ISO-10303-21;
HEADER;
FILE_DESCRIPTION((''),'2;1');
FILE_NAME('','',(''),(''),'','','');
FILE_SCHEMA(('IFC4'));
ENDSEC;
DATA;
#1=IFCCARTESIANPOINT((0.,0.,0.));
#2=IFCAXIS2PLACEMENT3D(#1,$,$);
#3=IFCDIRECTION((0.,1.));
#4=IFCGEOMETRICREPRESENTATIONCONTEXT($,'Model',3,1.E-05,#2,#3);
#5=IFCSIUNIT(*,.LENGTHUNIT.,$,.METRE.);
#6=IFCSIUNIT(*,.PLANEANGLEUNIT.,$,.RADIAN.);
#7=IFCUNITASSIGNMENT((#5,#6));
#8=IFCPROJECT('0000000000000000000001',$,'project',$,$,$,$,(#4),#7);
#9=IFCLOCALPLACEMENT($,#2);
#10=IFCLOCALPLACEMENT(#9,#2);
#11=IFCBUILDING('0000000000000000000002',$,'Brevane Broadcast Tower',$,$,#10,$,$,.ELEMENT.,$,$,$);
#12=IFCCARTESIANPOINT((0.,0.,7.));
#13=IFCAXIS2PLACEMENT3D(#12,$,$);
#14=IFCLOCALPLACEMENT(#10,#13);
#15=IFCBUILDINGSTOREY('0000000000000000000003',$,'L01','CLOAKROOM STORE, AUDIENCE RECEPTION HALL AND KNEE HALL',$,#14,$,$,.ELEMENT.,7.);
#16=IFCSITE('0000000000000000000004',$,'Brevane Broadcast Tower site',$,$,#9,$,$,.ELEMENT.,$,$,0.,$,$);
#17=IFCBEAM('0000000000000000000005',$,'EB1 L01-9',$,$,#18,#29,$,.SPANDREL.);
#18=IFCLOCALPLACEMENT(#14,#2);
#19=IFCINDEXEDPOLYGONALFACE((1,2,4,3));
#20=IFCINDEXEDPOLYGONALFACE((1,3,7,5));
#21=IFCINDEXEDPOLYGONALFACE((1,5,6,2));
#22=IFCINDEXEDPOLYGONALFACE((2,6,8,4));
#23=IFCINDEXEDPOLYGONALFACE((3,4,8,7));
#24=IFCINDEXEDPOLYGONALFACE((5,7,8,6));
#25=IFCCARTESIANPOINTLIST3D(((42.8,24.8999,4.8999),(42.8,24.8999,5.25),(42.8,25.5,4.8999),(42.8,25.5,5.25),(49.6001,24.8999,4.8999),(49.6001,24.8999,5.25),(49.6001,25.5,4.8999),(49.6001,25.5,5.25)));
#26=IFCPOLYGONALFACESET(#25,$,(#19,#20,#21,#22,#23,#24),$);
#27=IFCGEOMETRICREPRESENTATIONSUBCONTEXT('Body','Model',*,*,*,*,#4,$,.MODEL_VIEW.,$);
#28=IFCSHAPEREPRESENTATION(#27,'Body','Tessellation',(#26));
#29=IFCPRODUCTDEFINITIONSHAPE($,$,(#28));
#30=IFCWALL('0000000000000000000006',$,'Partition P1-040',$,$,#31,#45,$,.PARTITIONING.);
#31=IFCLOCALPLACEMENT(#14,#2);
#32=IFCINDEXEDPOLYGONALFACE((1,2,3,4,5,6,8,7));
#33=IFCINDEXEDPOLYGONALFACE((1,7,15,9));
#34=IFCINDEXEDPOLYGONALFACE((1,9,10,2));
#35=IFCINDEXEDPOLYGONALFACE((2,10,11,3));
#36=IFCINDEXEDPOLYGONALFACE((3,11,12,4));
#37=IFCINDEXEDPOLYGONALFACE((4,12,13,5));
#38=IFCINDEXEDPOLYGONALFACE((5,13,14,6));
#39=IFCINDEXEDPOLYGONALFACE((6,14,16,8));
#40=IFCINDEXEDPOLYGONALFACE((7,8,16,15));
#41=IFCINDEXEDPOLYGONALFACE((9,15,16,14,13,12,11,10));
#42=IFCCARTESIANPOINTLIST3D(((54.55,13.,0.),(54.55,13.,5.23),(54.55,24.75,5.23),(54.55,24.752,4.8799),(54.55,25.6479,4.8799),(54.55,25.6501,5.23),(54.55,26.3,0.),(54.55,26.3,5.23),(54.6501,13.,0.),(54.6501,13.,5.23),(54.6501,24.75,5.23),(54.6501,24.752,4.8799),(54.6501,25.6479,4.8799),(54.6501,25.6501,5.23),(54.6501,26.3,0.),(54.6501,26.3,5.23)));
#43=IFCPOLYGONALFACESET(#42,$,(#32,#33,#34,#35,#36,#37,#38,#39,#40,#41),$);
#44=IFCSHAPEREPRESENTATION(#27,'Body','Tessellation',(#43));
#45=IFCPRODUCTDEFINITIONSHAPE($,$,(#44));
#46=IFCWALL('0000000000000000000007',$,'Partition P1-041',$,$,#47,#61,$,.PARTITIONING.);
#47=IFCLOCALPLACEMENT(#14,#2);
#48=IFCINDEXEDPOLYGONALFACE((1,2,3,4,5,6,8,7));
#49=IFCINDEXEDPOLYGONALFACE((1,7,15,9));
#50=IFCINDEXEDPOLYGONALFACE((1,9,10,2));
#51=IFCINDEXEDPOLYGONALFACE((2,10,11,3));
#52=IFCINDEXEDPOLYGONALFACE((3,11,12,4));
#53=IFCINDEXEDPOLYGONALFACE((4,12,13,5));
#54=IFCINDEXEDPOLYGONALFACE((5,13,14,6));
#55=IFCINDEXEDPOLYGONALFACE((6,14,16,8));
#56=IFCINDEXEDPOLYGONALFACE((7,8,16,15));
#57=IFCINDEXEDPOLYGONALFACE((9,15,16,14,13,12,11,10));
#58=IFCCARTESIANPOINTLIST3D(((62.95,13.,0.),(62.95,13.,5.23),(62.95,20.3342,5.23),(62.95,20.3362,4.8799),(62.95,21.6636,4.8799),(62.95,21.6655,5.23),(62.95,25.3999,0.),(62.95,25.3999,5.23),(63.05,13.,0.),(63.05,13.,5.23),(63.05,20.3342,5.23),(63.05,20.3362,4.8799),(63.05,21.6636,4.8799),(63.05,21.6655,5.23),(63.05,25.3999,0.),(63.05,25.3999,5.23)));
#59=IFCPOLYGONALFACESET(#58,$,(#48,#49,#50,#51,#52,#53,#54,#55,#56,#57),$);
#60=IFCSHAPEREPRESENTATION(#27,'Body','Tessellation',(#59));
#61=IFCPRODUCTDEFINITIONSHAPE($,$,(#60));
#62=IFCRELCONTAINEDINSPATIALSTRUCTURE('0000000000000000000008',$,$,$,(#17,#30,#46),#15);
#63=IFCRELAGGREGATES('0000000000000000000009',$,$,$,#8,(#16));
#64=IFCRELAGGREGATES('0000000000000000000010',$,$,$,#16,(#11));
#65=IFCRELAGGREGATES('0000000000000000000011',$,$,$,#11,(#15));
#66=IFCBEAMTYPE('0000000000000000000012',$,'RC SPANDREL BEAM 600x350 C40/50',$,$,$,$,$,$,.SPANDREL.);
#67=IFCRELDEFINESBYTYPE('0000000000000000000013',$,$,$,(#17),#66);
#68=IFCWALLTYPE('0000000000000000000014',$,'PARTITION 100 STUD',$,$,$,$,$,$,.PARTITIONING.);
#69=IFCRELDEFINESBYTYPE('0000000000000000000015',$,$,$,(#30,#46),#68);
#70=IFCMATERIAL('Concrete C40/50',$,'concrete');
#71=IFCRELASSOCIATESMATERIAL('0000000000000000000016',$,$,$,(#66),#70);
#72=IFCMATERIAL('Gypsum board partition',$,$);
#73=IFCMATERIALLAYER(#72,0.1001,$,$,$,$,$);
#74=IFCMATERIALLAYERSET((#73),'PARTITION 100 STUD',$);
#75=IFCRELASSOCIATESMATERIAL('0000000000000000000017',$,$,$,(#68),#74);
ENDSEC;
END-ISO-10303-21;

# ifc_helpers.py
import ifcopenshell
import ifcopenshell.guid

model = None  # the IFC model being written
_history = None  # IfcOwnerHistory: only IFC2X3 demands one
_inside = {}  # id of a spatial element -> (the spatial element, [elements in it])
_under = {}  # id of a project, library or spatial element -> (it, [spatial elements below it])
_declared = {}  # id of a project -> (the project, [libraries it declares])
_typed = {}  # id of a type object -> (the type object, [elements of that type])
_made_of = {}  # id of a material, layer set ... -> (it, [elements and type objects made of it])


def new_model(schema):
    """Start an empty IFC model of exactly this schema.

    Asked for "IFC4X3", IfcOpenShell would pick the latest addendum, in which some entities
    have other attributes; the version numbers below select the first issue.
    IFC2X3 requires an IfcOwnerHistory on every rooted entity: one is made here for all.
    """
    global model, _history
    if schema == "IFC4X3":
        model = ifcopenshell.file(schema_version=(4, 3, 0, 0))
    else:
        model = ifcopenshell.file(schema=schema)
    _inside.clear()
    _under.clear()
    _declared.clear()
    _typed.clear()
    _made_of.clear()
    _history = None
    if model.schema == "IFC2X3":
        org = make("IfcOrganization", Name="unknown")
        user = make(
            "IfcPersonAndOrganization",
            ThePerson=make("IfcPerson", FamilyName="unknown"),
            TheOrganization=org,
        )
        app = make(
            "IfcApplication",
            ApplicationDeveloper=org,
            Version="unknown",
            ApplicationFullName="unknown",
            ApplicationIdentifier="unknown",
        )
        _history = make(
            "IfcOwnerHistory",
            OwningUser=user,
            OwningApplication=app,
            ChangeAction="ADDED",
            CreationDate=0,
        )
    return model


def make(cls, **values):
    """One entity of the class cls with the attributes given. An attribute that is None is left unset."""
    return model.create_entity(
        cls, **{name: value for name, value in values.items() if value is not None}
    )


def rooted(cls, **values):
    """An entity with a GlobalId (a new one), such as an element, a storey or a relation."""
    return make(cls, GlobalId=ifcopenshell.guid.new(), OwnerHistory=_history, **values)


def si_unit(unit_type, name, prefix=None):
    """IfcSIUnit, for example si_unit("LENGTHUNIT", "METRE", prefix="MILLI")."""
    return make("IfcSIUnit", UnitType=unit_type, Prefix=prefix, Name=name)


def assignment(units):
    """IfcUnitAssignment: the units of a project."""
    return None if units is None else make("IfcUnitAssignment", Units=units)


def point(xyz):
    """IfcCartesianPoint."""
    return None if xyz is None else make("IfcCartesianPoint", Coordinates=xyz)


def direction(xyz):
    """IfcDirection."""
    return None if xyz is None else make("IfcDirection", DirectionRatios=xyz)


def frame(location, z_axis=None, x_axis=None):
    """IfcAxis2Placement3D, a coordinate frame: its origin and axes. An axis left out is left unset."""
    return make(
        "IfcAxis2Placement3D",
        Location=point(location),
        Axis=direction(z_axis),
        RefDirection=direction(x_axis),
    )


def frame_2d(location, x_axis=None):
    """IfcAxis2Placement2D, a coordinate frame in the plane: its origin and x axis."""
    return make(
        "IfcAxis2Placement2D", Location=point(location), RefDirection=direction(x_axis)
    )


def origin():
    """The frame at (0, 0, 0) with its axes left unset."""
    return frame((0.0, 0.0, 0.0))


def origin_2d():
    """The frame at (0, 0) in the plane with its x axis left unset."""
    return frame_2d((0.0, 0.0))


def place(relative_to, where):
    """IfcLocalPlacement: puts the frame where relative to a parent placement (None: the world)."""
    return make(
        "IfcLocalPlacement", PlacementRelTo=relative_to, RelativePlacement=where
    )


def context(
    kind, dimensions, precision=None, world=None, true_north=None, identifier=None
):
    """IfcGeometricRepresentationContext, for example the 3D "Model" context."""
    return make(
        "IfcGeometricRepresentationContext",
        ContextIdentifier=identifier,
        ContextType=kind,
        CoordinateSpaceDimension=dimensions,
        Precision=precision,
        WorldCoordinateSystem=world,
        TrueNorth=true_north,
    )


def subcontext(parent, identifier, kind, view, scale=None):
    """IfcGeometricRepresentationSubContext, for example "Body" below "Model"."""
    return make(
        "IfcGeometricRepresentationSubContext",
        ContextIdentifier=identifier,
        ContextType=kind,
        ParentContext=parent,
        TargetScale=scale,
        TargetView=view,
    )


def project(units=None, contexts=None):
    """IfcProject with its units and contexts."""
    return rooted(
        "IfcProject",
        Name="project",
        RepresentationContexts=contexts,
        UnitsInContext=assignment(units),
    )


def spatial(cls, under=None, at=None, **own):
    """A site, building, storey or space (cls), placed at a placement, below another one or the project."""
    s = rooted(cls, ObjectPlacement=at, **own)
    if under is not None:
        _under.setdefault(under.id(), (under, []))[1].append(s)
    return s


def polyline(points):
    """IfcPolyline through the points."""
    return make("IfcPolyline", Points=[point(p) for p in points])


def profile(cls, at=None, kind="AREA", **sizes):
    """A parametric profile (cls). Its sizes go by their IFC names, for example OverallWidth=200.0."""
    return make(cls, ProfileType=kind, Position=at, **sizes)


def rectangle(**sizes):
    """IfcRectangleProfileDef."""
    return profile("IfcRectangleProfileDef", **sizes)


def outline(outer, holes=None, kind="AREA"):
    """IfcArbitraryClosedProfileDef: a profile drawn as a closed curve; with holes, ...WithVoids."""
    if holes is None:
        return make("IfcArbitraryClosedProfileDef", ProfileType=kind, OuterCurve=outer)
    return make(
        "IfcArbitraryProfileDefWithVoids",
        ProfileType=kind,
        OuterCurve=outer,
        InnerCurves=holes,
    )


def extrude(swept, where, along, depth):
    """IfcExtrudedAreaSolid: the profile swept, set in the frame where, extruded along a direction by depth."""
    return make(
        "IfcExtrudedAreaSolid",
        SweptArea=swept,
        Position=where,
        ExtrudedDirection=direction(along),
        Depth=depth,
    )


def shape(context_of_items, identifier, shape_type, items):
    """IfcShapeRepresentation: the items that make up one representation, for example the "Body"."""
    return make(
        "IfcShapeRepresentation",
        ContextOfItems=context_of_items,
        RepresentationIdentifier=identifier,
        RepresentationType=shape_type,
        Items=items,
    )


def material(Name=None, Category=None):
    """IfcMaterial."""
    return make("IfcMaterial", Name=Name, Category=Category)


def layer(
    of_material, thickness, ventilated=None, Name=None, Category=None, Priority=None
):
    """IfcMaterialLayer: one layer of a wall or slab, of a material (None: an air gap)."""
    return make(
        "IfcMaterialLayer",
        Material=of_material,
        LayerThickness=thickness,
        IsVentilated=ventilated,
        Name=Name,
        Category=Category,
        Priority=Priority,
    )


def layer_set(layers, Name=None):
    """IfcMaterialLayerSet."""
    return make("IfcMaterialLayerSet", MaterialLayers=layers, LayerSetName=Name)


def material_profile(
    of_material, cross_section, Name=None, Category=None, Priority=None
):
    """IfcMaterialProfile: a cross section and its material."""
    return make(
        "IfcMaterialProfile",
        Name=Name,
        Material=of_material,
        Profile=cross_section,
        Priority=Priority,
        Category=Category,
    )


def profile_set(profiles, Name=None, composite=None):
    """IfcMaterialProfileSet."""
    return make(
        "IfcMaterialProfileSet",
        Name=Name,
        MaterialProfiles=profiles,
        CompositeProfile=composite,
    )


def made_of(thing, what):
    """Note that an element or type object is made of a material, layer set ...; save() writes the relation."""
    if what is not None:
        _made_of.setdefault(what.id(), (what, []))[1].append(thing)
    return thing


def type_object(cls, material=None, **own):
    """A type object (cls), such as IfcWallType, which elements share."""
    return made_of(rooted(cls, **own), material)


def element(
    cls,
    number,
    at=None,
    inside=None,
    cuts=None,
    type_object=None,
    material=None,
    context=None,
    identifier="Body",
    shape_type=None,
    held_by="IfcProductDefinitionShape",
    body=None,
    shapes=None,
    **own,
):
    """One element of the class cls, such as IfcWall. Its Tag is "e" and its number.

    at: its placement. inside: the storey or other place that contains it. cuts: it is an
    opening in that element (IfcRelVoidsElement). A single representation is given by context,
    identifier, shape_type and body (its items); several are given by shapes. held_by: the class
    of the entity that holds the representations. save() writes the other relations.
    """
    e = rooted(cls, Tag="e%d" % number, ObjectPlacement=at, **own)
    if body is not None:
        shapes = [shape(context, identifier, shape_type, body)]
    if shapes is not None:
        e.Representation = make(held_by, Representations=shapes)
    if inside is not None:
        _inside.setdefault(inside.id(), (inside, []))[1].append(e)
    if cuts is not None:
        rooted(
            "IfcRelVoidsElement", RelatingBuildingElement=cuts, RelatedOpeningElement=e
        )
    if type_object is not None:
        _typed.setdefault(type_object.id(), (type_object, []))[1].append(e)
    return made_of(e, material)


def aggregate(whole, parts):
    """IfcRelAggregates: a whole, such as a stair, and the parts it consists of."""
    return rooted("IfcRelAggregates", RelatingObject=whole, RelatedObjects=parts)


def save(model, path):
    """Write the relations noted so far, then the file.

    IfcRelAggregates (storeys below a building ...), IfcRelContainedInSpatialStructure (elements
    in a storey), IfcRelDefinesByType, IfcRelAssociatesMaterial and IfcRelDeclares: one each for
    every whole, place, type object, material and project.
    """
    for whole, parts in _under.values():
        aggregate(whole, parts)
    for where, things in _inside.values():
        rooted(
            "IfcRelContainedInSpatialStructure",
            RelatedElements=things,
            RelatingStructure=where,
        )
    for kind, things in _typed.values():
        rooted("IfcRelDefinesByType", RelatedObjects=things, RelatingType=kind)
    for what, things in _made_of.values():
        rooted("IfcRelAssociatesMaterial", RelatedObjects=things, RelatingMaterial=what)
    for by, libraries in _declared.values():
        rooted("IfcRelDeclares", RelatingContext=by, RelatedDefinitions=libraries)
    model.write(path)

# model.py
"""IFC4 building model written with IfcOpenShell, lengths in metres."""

from ifc_helpers import new_model, si_unit, direction, frame, origin, origin_2d, place, context, subcontext, project, spatial, polyline, rectangle, outline, extrude, material, layer, layer_set, material_profile, profile_set, type_object, element, save


model = new_model("IFC4")

# Units and contexts
model_context = context("Model", 3, precision=1e-05, world=origin(), true_north=direction((0.0, 1.0)))
body_context = subcontext(model_context, "Body", "Model", "MODEL_VIEW")
ifc_project = project(units=[si_unit("LENGTHUNIT", "METRE"), si_unit("PLANEANGLEUNIT", "RADIAN")], contexts=[model_context])

# Site, building, storey
site_placement = place(None, origin())
site = spatial("IfcSite", under=ifc_project, at=site_placement, Name="Brevane Broadcast Tower site", CompositionType="ELEMENT", RefElevation=0.0)
building_placement = place(site_placement, origin())
building = spatial("IfcBuilding", under=site, at=building_placement, Name="Brevane Broadcast Tower", CompositionType="ELEMENT")
storey_placement = place(building_placement, frame((0.0, 0.0, 7.0)))
storey = spatial("IfcBuildingStorey", under=building, at=storey_placement, Name="L01", Description="CLOAKROOM STORE, AUDIENCE RECEPTION HALL AND KNEE HALL", CompositionType="ELEMENT", Elevation=7.0)

# Beam
ifc_material_1 = material(Name="Concrete C40/50", Category="concrete")
ifc_material_profile_1 = material_profile(ifc_material_1, rectangle(XDim=0.6001, YDim=0.3501, at=origin_2d()), Name="RC 600x350")
ifc_profile_set_1 = profile_set([ifc_material_profile_1], Name="Concrete C40/50")
beam_type_1 = type_object("IfcBeamType", Name="RC SPANDREL BEAM 600x350 C40/50", PredefinedType="SPANDREL", material=ifc_profile_set_1)
beam_1_placement = place(storey_placement, frame((49.6001, 25.2, 5.075), z_axis=(-1.0, 0.0, 0.0), x_axis=(0.0, -1.0, 0.0)))
element("IfcBeam", 1, at=beam_1_placement, inside=storey, type_object=beam_type_1, Name="EB1 L01-9", PredefinedType="SPANDREL", context=body_context, shape_type="SweptSolid", body=[
    extrude(rectangle(XDim=0.6001, YDim=0.3501, at=origin_2d()), origin(), (0.0, 0.0, 1.0), 6.8),
])

# Walls
ifc_material_2 = material(Name="Gypsum board partition")
ifc_layer = layer(ifc_material_2, 0.1001)
ifc_layer_set = layer_set([ifc_layer], Name="PARTITION 100 STUD")
wall_type = type_object("IfcWallType", Name="PARTITION 100 STUD", PredefinedType="PARTITIONING", material=ifc_layer_set)
wall_1_placement = place(storey_placement, frame((54.6001, 26.3, 0.0), z_axis=(0.0, 0.0, 1.0), x_axis=(0.0, -1.0, 0.0)))
element("IfcWall", 2, at=wall_1_placement, inside=storey, type_object=wall_type, Name="Partition P1-040", PredefinedType="PARTITIONING", context=body_context, shape_type="SweptSolid", body=[
    extrude(outline(polyline([(0.0, 0.0), (13.3, 0.0), (13.3, 5.23), (1.55, 5.23), (1.5481, 4.8799), (0.6521, 4.8799), (0.6499, 5.23), (0.0, 5.23), (0.0, 0.0)])), frame((0.0, 0.05, 0.0), z_axis=(0.0, -1.0, 0.0), x_axis=(1.0, 0.0, 0.0)), (0.0, 0.0, 1.0), 0.1001),
])
wall_2_placement = place(storey_placement, frame((63.0, 25.3999, 0.0), z_axis=(0.0, 0.0, 1.0), x_axis=(0.0, -1.0, 0.0)))
element("IfcWall", 3, at=wall_2_placement, inside=storey, type_object=wall_type, Name="Partition P1-041", PredefinedType="PARTITIONING", context=body_context, shape_type="SweptSolid", body=[
    extrude(outline(polyline([(0.0, 0.0), (12.3999, 0.0), (12.3999, 5.23), (5.0657, 5.23), (5.0637, 4.8799), (3.7363, 4.8799), (3.7344, 5.23), (0.0, 5.23), (0.0, 0.0)])), frame((0.0, 0.05, 0.0), z_axis=(0.0, -1.0, 0.0), x_axis=(1.0, 0.0, 0.0)), (0.0, 0.0, 1.0), 0.1001),
])

save(model, "model.ifc")
